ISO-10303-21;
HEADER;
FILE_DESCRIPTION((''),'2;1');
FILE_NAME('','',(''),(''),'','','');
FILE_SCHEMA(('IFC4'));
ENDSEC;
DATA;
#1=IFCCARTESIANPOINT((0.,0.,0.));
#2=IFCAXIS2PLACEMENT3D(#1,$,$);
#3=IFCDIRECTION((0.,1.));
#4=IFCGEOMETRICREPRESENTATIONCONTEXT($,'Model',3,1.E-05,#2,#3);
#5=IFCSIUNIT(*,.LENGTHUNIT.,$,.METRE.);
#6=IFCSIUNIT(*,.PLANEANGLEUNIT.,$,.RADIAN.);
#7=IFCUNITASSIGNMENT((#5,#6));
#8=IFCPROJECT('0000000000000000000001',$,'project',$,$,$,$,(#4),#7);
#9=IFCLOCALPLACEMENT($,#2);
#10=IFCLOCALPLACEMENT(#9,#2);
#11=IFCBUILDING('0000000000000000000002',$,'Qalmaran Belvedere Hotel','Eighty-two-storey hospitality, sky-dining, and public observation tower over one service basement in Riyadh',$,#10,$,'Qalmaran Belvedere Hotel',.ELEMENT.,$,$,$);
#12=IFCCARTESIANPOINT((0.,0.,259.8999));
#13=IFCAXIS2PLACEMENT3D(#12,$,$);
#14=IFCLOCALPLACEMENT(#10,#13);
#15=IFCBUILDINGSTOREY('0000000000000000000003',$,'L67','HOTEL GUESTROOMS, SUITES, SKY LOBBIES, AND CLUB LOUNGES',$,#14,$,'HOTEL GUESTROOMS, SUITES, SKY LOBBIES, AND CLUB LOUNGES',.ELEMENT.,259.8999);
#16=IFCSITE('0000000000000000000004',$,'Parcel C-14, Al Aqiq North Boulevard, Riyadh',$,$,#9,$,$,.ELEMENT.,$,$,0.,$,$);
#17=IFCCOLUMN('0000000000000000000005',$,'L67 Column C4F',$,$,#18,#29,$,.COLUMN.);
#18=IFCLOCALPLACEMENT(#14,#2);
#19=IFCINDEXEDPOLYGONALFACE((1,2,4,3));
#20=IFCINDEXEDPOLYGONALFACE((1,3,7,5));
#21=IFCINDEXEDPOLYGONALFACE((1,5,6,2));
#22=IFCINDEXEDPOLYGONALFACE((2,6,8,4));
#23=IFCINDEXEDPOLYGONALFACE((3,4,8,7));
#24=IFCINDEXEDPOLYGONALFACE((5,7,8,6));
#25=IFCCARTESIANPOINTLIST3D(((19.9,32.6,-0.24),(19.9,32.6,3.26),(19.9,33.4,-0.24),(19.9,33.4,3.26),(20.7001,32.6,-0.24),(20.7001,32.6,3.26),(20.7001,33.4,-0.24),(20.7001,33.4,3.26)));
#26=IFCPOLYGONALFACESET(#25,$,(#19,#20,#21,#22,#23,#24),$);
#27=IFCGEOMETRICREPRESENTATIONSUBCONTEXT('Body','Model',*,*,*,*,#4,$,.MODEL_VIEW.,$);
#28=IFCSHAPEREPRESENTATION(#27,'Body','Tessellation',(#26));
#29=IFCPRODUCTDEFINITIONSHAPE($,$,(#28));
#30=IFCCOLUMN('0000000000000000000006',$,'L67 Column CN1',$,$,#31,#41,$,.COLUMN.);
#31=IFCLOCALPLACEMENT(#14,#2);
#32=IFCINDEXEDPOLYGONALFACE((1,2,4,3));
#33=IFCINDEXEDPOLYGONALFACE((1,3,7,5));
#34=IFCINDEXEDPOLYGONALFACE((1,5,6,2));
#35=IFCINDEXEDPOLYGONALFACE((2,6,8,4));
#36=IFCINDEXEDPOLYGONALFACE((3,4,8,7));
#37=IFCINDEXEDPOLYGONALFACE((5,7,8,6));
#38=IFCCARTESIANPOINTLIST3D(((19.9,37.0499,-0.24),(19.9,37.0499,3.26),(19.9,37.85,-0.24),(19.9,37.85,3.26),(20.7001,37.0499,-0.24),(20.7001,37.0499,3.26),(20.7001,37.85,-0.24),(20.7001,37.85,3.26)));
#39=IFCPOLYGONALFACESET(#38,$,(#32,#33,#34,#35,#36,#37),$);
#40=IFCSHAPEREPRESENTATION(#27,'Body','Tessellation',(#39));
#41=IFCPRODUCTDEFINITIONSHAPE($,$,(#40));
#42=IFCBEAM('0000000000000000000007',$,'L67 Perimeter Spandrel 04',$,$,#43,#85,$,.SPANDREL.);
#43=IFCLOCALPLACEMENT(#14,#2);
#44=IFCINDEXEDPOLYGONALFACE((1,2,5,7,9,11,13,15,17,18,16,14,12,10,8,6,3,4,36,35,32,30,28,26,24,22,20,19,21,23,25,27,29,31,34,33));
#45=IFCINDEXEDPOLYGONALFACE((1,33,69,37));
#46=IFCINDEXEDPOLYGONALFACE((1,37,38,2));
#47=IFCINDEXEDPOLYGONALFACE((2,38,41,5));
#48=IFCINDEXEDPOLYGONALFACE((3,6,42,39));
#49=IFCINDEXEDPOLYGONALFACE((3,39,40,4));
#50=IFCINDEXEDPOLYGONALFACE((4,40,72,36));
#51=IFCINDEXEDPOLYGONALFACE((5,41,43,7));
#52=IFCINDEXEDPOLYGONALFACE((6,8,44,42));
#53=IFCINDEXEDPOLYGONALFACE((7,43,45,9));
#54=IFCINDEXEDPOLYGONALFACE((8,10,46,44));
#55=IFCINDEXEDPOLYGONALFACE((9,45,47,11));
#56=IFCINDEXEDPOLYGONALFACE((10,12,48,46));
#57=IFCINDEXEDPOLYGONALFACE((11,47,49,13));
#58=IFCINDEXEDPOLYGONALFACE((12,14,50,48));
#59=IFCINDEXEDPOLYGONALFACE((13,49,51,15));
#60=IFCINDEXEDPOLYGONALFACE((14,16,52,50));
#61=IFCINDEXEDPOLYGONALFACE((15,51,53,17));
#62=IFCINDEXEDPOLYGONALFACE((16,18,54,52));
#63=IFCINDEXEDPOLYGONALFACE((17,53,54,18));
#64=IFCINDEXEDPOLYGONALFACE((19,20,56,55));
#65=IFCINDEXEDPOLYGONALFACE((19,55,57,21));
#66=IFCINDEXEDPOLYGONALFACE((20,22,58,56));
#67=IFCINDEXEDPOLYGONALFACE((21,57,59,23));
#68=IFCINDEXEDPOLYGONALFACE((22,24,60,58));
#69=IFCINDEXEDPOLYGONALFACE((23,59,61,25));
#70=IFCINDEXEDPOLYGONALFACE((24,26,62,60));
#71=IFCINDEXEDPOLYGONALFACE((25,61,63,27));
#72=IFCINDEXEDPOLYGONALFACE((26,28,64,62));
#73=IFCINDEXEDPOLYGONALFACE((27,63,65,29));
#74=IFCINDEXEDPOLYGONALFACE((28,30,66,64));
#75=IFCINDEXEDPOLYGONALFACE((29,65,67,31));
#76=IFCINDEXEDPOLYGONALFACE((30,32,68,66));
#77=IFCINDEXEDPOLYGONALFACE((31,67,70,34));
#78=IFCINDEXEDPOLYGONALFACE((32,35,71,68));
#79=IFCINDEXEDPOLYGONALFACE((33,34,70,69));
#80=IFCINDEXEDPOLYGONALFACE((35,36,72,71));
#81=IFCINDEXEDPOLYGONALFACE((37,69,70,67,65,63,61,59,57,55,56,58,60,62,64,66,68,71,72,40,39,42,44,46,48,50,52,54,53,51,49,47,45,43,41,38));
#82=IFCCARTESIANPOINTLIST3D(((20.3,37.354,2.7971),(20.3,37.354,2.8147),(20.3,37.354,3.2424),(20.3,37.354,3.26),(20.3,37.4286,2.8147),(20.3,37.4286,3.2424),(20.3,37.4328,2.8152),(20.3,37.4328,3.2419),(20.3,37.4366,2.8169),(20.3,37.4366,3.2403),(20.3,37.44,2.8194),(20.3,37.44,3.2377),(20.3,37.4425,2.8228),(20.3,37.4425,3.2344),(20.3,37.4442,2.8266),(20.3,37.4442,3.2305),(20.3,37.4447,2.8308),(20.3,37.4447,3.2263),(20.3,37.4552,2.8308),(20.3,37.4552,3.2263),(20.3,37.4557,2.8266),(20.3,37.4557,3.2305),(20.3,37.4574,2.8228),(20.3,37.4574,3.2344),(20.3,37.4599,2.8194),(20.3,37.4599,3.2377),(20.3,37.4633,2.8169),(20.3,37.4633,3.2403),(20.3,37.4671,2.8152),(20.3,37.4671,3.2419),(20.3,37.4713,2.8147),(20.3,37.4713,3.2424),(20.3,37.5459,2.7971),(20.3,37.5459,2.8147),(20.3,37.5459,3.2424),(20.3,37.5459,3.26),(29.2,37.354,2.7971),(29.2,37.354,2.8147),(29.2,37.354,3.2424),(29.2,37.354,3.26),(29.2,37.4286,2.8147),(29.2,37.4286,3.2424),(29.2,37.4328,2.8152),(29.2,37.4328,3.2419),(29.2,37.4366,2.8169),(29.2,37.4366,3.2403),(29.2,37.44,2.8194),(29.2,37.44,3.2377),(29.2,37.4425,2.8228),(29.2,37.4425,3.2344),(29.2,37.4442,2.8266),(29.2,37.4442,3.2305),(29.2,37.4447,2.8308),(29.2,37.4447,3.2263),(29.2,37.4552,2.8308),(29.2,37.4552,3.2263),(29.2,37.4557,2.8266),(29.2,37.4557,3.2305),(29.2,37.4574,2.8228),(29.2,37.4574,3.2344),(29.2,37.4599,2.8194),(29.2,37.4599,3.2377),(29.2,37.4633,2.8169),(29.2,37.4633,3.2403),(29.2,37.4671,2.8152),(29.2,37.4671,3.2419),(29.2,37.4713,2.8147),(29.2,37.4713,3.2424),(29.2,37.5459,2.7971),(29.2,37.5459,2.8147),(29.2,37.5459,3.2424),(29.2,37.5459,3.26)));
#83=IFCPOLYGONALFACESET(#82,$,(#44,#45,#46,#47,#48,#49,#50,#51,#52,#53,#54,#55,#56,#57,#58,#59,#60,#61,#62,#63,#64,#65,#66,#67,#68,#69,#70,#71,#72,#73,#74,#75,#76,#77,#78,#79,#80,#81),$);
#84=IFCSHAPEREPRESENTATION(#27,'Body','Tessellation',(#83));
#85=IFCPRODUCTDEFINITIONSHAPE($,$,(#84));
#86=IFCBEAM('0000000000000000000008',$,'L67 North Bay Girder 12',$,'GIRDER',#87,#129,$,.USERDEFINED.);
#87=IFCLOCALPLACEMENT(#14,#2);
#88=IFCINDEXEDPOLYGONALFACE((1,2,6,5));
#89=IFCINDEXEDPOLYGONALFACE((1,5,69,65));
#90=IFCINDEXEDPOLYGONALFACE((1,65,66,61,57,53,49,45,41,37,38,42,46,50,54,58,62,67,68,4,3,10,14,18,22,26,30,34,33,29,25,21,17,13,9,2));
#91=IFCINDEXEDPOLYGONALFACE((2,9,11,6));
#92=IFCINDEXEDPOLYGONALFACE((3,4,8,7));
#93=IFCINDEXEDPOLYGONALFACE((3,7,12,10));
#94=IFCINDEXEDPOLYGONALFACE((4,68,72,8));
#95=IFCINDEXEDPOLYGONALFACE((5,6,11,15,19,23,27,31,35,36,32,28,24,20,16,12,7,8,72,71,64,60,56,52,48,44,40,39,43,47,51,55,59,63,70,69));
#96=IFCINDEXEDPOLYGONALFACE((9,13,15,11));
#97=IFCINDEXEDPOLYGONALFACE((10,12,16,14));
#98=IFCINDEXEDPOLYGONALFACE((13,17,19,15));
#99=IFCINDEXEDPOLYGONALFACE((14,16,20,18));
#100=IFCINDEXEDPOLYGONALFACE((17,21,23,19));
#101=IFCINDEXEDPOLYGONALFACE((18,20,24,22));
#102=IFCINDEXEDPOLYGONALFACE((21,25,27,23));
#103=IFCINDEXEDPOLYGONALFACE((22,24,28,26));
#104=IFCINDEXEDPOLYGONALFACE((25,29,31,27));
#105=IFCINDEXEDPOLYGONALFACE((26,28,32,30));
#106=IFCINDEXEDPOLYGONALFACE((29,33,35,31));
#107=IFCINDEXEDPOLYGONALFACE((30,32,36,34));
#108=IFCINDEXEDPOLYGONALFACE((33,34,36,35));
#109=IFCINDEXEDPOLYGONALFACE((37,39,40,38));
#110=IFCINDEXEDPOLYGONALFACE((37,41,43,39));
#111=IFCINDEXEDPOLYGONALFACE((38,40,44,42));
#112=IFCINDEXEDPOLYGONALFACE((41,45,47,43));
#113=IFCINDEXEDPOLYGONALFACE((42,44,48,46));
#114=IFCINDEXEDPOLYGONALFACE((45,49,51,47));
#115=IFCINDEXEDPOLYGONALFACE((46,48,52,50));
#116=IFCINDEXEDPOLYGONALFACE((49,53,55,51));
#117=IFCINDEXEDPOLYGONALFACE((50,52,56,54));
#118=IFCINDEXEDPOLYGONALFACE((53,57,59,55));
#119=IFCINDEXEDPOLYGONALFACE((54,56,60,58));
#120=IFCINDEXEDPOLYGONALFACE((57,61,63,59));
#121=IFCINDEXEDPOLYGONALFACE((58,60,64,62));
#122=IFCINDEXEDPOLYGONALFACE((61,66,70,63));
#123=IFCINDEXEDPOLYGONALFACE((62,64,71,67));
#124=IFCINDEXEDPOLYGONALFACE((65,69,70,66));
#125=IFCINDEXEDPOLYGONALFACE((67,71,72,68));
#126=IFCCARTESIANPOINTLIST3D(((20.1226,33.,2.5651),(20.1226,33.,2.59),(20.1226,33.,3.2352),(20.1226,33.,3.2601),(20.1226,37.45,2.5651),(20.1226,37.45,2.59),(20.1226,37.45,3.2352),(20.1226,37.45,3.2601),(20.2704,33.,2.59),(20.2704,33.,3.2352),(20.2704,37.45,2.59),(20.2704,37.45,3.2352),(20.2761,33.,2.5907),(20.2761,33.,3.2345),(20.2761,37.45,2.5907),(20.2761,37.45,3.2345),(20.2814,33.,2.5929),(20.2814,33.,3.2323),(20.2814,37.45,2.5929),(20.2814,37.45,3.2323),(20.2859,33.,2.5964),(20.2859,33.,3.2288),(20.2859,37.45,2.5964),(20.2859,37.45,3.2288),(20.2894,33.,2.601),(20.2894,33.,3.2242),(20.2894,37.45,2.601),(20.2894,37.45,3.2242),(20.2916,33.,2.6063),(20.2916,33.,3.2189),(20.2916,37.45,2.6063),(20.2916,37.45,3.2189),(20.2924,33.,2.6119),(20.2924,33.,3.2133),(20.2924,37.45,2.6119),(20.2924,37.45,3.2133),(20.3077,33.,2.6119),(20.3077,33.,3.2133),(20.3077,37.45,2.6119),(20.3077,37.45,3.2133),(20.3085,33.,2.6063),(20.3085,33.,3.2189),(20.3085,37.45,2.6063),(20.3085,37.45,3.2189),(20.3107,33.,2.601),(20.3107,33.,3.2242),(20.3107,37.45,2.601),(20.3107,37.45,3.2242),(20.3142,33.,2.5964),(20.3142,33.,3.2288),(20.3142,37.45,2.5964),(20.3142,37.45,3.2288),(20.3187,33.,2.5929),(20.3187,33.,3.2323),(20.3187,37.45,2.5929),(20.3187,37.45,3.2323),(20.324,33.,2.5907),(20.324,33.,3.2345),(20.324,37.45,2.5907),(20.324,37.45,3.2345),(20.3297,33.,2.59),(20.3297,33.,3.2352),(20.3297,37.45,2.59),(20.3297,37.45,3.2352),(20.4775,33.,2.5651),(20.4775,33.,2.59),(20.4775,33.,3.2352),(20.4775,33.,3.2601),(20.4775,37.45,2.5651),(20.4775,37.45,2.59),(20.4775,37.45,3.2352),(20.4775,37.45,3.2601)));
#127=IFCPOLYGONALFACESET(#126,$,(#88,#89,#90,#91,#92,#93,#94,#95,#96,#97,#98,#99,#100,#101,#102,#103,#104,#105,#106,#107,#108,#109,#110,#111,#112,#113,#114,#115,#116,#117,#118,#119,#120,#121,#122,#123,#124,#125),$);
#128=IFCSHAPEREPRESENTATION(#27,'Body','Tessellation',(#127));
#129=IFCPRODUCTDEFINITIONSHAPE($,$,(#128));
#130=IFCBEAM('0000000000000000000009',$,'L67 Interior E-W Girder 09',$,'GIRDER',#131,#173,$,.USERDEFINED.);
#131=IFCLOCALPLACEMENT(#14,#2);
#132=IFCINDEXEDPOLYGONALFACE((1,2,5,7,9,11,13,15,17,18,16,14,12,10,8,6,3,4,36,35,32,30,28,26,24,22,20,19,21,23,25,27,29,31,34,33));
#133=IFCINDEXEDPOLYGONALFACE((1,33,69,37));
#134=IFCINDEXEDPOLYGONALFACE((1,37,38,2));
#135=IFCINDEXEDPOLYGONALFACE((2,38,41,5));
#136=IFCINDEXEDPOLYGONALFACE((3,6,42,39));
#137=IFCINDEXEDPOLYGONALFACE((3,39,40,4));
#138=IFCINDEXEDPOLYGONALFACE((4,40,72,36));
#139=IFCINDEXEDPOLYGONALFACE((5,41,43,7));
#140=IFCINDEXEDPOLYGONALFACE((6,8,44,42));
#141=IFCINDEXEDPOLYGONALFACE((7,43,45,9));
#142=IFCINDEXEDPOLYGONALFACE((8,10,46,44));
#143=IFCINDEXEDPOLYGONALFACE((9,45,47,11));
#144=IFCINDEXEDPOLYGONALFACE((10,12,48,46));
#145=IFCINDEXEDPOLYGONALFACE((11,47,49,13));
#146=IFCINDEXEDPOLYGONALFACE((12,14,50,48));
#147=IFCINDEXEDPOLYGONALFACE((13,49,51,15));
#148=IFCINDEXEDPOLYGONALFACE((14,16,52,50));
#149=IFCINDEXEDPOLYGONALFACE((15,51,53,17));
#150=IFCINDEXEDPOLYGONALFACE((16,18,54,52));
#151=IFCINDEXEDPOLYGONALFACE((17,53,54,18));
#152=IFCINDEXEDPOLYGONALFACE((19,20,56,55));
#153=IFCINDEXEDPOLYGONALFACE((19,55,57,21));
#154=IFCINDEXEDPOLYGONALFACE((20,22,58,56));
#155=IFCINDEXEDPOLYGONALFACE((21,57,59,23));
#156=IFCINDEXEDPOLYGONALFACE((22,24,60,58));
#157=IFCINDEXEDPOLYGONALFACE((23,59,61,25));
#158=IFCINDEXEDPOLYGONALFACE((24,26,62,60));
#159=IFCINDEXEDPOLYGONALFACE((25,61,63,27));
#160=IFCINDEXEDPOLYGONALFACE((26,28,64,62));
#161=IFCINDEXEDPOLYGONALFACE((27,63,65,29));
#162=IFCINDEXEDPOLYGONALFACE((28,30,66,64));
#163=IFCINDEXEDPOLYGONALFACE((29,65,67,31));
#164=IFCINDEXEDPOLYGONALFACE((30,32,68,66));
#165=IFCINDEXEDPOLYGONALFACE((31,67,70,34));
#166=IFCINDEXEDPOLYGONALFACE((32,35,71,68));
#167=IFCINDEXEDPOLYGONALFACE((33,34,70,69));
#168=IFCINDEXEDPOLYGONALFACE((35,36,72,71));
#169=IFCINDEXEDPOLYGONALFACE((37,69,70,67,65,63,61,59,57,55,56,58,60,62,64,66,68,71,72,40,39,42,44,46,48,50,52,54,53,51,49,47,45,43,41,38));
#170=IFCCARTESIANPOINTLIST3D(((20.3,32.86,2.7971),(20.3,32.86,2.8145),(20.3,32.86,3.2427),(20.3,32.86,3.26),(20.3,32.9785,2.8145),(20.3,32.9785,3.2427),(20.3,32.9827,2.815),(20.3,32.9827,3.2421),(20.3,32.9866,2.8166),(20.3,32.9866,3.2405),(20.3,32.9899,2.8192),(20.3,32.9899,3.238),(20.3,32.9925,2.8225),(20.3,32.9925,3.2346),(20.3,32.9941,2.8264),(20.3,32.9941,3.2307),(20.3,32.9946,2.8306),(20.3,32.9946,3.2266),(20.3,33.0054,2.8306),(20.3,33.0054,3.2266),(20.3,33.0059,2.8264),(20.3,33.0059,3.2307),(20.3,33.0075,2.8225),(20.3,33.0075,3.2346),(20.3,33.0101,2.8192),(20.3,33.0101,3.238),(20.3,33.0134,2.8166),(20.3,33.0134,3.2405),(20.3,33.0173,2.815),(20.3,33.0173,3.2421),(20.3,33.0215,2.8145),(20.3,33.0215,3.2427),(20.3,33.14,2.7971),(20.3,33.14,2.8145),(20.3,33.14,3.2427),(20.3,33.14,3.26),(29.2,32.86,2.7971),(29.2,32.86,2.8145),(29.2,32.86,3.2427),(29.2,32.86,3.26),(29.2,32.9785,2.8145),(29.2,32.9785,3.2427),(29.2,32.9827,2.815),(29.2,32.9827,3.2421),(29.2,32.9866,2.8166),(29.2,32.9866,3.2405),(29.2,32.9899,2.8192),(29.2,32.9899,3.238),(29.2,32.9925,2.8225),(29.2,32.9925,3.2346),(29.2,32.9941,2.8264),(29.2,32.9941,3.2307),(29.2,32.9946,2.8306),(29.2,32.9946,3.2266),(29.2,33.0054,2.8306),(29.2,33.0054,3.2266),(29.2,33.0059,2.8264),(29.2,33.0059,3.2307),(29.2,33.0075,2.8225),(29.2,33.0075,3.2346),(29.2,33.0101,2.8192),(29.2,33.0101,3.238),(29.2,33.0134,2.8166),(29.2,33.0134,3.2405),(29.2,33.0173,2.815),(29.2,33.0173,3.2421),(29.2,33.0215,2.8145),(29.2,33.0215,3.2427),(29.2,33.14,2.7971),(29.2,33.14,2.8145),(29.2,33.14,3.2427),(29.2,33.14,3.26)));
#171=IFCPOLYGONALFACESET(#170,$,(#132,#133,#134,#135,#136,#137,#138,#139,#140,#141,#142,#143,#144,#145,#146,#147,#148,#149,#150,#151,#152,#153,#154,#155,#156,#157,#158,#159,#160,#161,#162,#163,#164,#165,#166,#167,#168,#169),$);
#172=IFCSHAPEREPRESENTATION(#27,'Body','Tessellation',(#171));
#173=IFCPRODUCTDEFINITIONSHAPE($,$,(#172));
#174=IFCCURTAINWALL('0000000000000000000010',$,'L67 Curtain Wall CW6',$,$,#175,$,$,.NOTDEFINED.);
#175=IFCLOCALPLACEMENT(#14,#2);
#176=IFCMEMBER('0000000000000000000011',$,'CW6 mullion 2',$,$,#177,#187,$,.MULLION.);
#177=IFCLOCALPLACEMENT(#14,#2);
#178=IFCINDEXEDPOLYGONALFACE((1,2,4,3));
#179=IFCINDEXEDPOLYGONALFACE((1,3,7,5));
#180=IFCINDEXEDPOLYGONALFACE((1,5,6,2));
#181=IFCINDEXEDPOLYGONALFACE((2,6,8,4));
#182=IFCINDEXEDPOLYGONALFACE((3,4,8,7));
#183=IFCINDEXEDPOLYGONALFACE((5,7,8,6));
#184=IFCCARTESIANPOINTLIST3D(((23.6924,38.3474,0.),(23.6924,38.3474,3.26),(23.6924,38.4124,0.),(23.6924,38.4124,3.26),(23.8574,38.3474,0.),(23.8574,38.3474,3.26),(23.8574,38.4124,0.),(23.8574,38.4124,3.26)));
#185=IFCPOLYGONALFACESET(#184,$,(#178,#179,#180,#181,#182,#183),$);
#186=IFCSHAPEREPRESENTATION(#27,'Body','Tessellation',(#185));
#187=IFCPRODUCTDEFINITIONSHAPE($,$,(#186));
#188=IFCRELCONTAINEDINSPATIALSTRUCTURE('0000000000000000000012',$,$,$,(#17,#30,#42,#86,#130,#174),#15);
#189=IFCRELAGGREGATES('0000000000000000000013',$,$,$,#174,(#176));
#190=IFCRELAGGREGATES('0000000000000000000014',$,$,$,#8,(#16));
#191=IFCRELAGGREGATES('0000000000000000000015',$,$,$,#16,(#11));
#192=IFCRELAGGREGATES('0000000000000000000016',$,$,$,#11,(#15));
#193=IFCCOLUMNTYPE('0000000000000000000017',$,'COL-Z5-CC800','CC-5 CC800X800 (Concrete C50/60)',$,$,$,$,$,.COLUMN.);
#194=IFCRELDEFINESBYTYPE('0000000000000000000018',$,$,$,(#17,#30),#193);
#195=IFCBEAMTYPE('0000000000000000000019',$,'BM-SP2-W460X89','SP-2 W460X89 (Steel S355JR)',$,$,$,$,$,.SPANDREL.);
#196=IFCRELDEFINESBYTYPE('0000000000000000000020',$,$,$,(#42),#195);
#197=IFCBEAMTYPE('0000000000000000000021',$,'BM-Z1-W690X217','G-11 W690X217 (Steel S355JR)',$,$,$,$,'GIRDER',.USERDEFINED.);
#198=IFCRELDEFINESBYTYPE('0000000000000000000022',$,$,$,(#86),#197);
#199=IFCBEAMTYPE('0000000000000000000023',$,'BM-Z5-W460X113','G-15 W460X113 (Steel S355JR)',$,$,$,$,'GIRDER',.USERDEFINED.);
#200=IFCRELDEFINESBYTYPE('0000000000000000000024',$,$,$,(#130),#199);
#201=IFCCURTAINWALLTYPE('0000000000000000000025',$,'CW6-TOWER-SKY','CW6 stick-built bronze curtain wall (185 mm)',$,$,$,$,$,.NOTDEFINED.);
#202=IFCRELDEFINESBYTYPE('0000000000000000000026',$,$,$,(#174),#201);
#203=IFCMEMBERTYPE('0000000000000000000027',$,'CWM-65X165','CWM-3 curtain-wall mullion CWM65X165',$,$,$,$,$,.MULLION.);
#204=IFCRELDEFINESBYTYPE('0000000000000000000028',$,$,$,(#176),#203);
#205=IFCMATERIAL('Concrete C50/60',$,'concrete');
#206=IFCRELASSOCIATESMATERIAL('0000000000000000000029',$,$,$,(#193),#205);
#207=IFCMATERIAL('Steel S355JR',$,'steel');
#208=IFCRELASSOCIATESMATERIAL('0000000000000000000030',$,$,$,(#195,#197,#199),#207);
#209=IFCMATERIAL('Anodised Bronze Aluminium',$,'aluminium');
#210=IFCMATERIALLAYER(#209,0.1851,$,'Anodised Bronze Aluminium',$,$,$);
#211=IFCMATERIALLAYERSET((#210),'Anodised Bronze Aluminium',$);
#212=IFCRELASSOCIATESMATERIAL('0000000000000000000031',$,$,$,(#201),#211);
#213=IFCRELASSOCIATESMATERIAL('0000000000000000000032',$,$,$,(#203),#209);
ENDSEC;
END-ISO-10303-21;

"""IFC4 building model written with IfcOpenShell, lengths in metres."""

from ifc_helpers import new_model, si_unit, direction, frame, origin, origin_2d, place, context, subcontext, project, spatial, rectangle, i_section, extrude, material, layer, layer_set, material_profile, profile_set, type_object, element, aggregate, save


model = new_model("IFC4")

# Units and contexts
model_context = context("Model", 3, precision=1e-05, world=origin(), true_north=direction((0.0, 1.0)))
body_context = subcontext(model_context, "Body", "Model", "MODEL_VIEW")
ifc_project = project(units=[si_unit("LENGTHUNIT", "METRE"), si_unit("PLANEANGLEUNIT", "RADIAN")], contexts=[model_context])

# Site, building, storey
site_placement = place(None, origin())
site = spatial("IfcSite", under=ifc_project, at=site_placement, Name="Parcel C-14, Al Aqiq North Boulevard, Riyadh", CompositionType="ELEMENT", RefElevation=0.0)
building_placement = place(site_placement, origin())
building = spatial("IfcBuilding", under=site, at=building_placement, Name="Qalmaran Belvedere Hotel", Description="Eighty-two-storey hospitality, sky-dining, and public observation tower over one service basement in Riyadh", LongName="Qalmaran Belvedere Hotel", CompositionType="ELEMENT")
storey_placement = place(building_placement, frame((0.0, 0.0, 259.8999)))
storey = spatial("IfcBuildingStorey", under=building, at=storey_placement, Name="L67", Description="HOTEL GUESTROOMS, SUITES, SKY LOBBIES, AND CLUB LOUNGES", LongName="HOTEL GUESTROOMS, SUITES, SKY LOBBIES, AND CLUB LOUNGES", CompositionType="ELEMENT", Elevation=259.8999)

# Columns
ifc_material_1 = material(Name="Concrete C50/60", Category="concrete")
ifc_material_profile_1 = material_profile(ifc_material_1, rectangle(XDim=0.8, YDim=0.8, at=origin_2d()), Name="CC800X800")
ifc_profile_set_1 = profile_set([ifc_material_profile_1], Name="Concrete C50/60")
column_type = type_object("IfcColumnType", Name="COL-Z5-CC800", Description="CC-5 CC800X800 (Concrete C50/60)", PredefinedType="COLUMN", material=ifc_profile_set_1)
for number, where, z_axis, x_axis, name in (
    (1, (20.3, 33.0, -0.24), (0.0, 0.0, 1.0), (1.0, 0.0, 0.0), "L67 Column C4F"),
    (2, (20.3, 37.45, -0.24), (0.0, 0.0, 1.0), (1.0, 0.0, 0.0), "L67 Column CN1"),
):
    element("IfcColumn", number, at=place(storey_placement, frame(where, z_axis=z_axis, x_axis=x_axis)), inside=storey, type_object=column_type, Name=name, PredefinedType="COLUMN", context=body_context, shape_type="SweptSolid", body=[
        extrude(rectangle(XDim=0.8, YDim=0.8, at=origin_2d()), origin(), (0.0, 0.0, 1.0), 3.5),
    ])

# Beams
ifc_material_2 = material(Name="Steel S355JR", Category="steel")
ifc_material_profile_2 = material_profile(ifc_material_2, i_section(OverallWidth=0.1919, OverallDepth=0.4629, WebThickness=0.0105, FlangeThickness=0.0176, FilletRadius=0.0161, at=origin_2d()), Name="W460X89")
ifc_profile_set_2 = profile_set([ifc_material_profile_2], Name="Steel S355JR")
beam_type_1 = type_object("IfcBeamType", Name="BM-SP2-W460X89", Description="SP-2 W460X89 (Steel S355JR)", PredefinedType="SPANDREL", material=ifc_profile_set_2)
beam_1_placement = place(storey_placement, frame((20.3, 37.45, 3.0286), z_axis=(1.0, 0.0, 0.0), x_axis=(0.0, 1.0, 0.0)))
element("IfcBeam", 3, at=beam_1_placement, inside=storey, type_object=beam_type_1, Name="L67 Perimeter Spandrel 04", PredefinedType="SPANDREL", context=body_context, shape_type="SweptSolid", body=[
    extrude(i_section(OverallWidth=0.1919, OverallDepth=0.4629, WebThickness=0.0105, FlangeThickness=0.0176, FilletRadius=0.0161, at=origin_2d()), origin(), (0.0, 0.0, 1.0), 8.8999),
])
ifc_material_profile_3 = material_profile(ifc_material_2, i_section(OverallWidth=0.355, OverallDepth=0.6951, WebThickness=0.0154, FlangeThickness=0.0249, FilletRadius=0.022, at=origin_2d()), Name="W690X217")
ifc_profile_set_3 = profile_set([ifc_material_profile_3], Name="Steel S355JR")
beam_type_2 = type_object("IfcBeamType", Name="BM-Z1-W690X217", Description="G-11 W690X217 (Steel S355JR)", ElementType="GIRDER", PredefinedType="USERDEFINED", material=ifc_profile_set_3)
beam_2_placement = place(storey_placement, frame((20.3, 33.0, 2.9126), z_axis=(0.0, 1.0, 0.0), x_axis=(-1.0, 0.0, 0.0)))
element("IfcBeam", 4, at=beam_2_placement, inside=storey, type_object=beam_type_2, Name="L67 North Bay Girder 12", ObjectType="GIRDER", PredefinedType="USERDEFINED", context=body_context, shape_type="SweptSolid", body=[
    extrude(i_section(OverallWidth=0.355, OverallDepth=0.6951, WebThickness=0.0154, FlangeThickness=0.0249, FilletRadius=0.022, at=origin_2d()), origin(), (0.0, 0.0, 1.0), 4.45),
])
ifc_material_profile_4 = material_profile(ifc_material_2, i_section(OverallWidth=0.28, OverallDepth=0.4629, WebThickness=0.0107, FlangeThickness=0.0173, FilletRadius=0.0161, at=origin_2d()), Name="W460X113")
ifc_profile_set_4 = profile_set([ifc_material_profile_4], Name="Steel S355JR")
beam_type_3 = type_object("IfcBeamType", Name="BM-Z5-W460X113", Description="G-15 W460X113 (Steel S355JR)", ElementType="GIRDER", PredefinedType="USERDEFINED", material=ifc_profile_set_4)
beam_3_placement = place(storey_placement, frame((20.3, 33.0, 3.0286), z_axis=(1.0, 0.0, 0.0), x_axis=(0.0, 1.0, 0.0)))
element("IfcBeam", 5, at=beam_3_placement, inside=storey, type_object=beam_type_3, Name="L67 Interior E-W Girder 09", ObjectType="GIRDER", PredefinedType="USERDEFINED", context=body_context, shape_type="SweptSolid", body=[
    extrude(i_section(OverallWidth=0.28, OverallDepth=0.4629, WebThickness=0.0107, FlangeThickness=0.0173, FilletRadius=0.0161, at=origin_2d()), origin(), (0.0, 0.0, 1.0), 8.8999),
])

# Curtain wall, member
ifc_material_3 = material(Name="Anodised Bronze Aluminium", Category="aluminium")
ifc_layer_1 = layer(ifc_material_3, 0.1851, Name="Anodised Bronze Aluminium")
ifc_layer_set_1 = layer_set([ifc_layer_1], Name="Anodised Bronze Aluminium")
curtain_wall_type = type_object("IfcCurtainWallType", Name="CW6-TOWER-SKY", Description="CW6 stick-built bronze curtain wall (185 mm)", PredefinedType="NOTDEFINED", material=ifc_layer_set_1)
curtain_wall_1_placement = place(storey_placement, origin())
curtain_wall_1 = element("IfcCurtainWall", 6, at=curtain_wall_1_placement, inside=storey, type_object=curtain_wall_type, Name="L67 Curtain Wall CW6", PredefinedType="NOTDEFINED")
ifc_material_profile_5 = material_profile(ifc_material_3, rectangle(XDim=0.0649, YDim=0.165, at=origin_2d()), Name="CWM65X165")
ifc_profile_set_5 = profile_set([ifc_material_profile_5], Name="Anodised Bronze Aluminium")
member_type_1 = type_object("IfcMemberType", Name="CWM-65X165", Description="CWM-3 curtain-wall mullion CWM65X165", PredefinedType="MULLION", material=ifc_profile_set_5)
member_1_placement = place(storey_placement, frame((23.7749, 38.3799, 0.0), z_axis=(0.0, 0.0, 1.0), x_axis=(0.0, -1.0, 0.0)))
member_1 = element("IfcMember", 7, at=member_1_placement, type_object=member_type_1, Name="CW6 mullion 2", PredefinedType="MULLION", context=body_context, shape_type="SweptSolid", body=[
    extrude(rectangle(XDim=0.0649, YDim=0.165, at=origin_2d()), origin(), (0.0, 0.0, 1.0), 3.26),
])

aggregate(curtain_wall_1, [member_1])

save(model, "model.ifc")
